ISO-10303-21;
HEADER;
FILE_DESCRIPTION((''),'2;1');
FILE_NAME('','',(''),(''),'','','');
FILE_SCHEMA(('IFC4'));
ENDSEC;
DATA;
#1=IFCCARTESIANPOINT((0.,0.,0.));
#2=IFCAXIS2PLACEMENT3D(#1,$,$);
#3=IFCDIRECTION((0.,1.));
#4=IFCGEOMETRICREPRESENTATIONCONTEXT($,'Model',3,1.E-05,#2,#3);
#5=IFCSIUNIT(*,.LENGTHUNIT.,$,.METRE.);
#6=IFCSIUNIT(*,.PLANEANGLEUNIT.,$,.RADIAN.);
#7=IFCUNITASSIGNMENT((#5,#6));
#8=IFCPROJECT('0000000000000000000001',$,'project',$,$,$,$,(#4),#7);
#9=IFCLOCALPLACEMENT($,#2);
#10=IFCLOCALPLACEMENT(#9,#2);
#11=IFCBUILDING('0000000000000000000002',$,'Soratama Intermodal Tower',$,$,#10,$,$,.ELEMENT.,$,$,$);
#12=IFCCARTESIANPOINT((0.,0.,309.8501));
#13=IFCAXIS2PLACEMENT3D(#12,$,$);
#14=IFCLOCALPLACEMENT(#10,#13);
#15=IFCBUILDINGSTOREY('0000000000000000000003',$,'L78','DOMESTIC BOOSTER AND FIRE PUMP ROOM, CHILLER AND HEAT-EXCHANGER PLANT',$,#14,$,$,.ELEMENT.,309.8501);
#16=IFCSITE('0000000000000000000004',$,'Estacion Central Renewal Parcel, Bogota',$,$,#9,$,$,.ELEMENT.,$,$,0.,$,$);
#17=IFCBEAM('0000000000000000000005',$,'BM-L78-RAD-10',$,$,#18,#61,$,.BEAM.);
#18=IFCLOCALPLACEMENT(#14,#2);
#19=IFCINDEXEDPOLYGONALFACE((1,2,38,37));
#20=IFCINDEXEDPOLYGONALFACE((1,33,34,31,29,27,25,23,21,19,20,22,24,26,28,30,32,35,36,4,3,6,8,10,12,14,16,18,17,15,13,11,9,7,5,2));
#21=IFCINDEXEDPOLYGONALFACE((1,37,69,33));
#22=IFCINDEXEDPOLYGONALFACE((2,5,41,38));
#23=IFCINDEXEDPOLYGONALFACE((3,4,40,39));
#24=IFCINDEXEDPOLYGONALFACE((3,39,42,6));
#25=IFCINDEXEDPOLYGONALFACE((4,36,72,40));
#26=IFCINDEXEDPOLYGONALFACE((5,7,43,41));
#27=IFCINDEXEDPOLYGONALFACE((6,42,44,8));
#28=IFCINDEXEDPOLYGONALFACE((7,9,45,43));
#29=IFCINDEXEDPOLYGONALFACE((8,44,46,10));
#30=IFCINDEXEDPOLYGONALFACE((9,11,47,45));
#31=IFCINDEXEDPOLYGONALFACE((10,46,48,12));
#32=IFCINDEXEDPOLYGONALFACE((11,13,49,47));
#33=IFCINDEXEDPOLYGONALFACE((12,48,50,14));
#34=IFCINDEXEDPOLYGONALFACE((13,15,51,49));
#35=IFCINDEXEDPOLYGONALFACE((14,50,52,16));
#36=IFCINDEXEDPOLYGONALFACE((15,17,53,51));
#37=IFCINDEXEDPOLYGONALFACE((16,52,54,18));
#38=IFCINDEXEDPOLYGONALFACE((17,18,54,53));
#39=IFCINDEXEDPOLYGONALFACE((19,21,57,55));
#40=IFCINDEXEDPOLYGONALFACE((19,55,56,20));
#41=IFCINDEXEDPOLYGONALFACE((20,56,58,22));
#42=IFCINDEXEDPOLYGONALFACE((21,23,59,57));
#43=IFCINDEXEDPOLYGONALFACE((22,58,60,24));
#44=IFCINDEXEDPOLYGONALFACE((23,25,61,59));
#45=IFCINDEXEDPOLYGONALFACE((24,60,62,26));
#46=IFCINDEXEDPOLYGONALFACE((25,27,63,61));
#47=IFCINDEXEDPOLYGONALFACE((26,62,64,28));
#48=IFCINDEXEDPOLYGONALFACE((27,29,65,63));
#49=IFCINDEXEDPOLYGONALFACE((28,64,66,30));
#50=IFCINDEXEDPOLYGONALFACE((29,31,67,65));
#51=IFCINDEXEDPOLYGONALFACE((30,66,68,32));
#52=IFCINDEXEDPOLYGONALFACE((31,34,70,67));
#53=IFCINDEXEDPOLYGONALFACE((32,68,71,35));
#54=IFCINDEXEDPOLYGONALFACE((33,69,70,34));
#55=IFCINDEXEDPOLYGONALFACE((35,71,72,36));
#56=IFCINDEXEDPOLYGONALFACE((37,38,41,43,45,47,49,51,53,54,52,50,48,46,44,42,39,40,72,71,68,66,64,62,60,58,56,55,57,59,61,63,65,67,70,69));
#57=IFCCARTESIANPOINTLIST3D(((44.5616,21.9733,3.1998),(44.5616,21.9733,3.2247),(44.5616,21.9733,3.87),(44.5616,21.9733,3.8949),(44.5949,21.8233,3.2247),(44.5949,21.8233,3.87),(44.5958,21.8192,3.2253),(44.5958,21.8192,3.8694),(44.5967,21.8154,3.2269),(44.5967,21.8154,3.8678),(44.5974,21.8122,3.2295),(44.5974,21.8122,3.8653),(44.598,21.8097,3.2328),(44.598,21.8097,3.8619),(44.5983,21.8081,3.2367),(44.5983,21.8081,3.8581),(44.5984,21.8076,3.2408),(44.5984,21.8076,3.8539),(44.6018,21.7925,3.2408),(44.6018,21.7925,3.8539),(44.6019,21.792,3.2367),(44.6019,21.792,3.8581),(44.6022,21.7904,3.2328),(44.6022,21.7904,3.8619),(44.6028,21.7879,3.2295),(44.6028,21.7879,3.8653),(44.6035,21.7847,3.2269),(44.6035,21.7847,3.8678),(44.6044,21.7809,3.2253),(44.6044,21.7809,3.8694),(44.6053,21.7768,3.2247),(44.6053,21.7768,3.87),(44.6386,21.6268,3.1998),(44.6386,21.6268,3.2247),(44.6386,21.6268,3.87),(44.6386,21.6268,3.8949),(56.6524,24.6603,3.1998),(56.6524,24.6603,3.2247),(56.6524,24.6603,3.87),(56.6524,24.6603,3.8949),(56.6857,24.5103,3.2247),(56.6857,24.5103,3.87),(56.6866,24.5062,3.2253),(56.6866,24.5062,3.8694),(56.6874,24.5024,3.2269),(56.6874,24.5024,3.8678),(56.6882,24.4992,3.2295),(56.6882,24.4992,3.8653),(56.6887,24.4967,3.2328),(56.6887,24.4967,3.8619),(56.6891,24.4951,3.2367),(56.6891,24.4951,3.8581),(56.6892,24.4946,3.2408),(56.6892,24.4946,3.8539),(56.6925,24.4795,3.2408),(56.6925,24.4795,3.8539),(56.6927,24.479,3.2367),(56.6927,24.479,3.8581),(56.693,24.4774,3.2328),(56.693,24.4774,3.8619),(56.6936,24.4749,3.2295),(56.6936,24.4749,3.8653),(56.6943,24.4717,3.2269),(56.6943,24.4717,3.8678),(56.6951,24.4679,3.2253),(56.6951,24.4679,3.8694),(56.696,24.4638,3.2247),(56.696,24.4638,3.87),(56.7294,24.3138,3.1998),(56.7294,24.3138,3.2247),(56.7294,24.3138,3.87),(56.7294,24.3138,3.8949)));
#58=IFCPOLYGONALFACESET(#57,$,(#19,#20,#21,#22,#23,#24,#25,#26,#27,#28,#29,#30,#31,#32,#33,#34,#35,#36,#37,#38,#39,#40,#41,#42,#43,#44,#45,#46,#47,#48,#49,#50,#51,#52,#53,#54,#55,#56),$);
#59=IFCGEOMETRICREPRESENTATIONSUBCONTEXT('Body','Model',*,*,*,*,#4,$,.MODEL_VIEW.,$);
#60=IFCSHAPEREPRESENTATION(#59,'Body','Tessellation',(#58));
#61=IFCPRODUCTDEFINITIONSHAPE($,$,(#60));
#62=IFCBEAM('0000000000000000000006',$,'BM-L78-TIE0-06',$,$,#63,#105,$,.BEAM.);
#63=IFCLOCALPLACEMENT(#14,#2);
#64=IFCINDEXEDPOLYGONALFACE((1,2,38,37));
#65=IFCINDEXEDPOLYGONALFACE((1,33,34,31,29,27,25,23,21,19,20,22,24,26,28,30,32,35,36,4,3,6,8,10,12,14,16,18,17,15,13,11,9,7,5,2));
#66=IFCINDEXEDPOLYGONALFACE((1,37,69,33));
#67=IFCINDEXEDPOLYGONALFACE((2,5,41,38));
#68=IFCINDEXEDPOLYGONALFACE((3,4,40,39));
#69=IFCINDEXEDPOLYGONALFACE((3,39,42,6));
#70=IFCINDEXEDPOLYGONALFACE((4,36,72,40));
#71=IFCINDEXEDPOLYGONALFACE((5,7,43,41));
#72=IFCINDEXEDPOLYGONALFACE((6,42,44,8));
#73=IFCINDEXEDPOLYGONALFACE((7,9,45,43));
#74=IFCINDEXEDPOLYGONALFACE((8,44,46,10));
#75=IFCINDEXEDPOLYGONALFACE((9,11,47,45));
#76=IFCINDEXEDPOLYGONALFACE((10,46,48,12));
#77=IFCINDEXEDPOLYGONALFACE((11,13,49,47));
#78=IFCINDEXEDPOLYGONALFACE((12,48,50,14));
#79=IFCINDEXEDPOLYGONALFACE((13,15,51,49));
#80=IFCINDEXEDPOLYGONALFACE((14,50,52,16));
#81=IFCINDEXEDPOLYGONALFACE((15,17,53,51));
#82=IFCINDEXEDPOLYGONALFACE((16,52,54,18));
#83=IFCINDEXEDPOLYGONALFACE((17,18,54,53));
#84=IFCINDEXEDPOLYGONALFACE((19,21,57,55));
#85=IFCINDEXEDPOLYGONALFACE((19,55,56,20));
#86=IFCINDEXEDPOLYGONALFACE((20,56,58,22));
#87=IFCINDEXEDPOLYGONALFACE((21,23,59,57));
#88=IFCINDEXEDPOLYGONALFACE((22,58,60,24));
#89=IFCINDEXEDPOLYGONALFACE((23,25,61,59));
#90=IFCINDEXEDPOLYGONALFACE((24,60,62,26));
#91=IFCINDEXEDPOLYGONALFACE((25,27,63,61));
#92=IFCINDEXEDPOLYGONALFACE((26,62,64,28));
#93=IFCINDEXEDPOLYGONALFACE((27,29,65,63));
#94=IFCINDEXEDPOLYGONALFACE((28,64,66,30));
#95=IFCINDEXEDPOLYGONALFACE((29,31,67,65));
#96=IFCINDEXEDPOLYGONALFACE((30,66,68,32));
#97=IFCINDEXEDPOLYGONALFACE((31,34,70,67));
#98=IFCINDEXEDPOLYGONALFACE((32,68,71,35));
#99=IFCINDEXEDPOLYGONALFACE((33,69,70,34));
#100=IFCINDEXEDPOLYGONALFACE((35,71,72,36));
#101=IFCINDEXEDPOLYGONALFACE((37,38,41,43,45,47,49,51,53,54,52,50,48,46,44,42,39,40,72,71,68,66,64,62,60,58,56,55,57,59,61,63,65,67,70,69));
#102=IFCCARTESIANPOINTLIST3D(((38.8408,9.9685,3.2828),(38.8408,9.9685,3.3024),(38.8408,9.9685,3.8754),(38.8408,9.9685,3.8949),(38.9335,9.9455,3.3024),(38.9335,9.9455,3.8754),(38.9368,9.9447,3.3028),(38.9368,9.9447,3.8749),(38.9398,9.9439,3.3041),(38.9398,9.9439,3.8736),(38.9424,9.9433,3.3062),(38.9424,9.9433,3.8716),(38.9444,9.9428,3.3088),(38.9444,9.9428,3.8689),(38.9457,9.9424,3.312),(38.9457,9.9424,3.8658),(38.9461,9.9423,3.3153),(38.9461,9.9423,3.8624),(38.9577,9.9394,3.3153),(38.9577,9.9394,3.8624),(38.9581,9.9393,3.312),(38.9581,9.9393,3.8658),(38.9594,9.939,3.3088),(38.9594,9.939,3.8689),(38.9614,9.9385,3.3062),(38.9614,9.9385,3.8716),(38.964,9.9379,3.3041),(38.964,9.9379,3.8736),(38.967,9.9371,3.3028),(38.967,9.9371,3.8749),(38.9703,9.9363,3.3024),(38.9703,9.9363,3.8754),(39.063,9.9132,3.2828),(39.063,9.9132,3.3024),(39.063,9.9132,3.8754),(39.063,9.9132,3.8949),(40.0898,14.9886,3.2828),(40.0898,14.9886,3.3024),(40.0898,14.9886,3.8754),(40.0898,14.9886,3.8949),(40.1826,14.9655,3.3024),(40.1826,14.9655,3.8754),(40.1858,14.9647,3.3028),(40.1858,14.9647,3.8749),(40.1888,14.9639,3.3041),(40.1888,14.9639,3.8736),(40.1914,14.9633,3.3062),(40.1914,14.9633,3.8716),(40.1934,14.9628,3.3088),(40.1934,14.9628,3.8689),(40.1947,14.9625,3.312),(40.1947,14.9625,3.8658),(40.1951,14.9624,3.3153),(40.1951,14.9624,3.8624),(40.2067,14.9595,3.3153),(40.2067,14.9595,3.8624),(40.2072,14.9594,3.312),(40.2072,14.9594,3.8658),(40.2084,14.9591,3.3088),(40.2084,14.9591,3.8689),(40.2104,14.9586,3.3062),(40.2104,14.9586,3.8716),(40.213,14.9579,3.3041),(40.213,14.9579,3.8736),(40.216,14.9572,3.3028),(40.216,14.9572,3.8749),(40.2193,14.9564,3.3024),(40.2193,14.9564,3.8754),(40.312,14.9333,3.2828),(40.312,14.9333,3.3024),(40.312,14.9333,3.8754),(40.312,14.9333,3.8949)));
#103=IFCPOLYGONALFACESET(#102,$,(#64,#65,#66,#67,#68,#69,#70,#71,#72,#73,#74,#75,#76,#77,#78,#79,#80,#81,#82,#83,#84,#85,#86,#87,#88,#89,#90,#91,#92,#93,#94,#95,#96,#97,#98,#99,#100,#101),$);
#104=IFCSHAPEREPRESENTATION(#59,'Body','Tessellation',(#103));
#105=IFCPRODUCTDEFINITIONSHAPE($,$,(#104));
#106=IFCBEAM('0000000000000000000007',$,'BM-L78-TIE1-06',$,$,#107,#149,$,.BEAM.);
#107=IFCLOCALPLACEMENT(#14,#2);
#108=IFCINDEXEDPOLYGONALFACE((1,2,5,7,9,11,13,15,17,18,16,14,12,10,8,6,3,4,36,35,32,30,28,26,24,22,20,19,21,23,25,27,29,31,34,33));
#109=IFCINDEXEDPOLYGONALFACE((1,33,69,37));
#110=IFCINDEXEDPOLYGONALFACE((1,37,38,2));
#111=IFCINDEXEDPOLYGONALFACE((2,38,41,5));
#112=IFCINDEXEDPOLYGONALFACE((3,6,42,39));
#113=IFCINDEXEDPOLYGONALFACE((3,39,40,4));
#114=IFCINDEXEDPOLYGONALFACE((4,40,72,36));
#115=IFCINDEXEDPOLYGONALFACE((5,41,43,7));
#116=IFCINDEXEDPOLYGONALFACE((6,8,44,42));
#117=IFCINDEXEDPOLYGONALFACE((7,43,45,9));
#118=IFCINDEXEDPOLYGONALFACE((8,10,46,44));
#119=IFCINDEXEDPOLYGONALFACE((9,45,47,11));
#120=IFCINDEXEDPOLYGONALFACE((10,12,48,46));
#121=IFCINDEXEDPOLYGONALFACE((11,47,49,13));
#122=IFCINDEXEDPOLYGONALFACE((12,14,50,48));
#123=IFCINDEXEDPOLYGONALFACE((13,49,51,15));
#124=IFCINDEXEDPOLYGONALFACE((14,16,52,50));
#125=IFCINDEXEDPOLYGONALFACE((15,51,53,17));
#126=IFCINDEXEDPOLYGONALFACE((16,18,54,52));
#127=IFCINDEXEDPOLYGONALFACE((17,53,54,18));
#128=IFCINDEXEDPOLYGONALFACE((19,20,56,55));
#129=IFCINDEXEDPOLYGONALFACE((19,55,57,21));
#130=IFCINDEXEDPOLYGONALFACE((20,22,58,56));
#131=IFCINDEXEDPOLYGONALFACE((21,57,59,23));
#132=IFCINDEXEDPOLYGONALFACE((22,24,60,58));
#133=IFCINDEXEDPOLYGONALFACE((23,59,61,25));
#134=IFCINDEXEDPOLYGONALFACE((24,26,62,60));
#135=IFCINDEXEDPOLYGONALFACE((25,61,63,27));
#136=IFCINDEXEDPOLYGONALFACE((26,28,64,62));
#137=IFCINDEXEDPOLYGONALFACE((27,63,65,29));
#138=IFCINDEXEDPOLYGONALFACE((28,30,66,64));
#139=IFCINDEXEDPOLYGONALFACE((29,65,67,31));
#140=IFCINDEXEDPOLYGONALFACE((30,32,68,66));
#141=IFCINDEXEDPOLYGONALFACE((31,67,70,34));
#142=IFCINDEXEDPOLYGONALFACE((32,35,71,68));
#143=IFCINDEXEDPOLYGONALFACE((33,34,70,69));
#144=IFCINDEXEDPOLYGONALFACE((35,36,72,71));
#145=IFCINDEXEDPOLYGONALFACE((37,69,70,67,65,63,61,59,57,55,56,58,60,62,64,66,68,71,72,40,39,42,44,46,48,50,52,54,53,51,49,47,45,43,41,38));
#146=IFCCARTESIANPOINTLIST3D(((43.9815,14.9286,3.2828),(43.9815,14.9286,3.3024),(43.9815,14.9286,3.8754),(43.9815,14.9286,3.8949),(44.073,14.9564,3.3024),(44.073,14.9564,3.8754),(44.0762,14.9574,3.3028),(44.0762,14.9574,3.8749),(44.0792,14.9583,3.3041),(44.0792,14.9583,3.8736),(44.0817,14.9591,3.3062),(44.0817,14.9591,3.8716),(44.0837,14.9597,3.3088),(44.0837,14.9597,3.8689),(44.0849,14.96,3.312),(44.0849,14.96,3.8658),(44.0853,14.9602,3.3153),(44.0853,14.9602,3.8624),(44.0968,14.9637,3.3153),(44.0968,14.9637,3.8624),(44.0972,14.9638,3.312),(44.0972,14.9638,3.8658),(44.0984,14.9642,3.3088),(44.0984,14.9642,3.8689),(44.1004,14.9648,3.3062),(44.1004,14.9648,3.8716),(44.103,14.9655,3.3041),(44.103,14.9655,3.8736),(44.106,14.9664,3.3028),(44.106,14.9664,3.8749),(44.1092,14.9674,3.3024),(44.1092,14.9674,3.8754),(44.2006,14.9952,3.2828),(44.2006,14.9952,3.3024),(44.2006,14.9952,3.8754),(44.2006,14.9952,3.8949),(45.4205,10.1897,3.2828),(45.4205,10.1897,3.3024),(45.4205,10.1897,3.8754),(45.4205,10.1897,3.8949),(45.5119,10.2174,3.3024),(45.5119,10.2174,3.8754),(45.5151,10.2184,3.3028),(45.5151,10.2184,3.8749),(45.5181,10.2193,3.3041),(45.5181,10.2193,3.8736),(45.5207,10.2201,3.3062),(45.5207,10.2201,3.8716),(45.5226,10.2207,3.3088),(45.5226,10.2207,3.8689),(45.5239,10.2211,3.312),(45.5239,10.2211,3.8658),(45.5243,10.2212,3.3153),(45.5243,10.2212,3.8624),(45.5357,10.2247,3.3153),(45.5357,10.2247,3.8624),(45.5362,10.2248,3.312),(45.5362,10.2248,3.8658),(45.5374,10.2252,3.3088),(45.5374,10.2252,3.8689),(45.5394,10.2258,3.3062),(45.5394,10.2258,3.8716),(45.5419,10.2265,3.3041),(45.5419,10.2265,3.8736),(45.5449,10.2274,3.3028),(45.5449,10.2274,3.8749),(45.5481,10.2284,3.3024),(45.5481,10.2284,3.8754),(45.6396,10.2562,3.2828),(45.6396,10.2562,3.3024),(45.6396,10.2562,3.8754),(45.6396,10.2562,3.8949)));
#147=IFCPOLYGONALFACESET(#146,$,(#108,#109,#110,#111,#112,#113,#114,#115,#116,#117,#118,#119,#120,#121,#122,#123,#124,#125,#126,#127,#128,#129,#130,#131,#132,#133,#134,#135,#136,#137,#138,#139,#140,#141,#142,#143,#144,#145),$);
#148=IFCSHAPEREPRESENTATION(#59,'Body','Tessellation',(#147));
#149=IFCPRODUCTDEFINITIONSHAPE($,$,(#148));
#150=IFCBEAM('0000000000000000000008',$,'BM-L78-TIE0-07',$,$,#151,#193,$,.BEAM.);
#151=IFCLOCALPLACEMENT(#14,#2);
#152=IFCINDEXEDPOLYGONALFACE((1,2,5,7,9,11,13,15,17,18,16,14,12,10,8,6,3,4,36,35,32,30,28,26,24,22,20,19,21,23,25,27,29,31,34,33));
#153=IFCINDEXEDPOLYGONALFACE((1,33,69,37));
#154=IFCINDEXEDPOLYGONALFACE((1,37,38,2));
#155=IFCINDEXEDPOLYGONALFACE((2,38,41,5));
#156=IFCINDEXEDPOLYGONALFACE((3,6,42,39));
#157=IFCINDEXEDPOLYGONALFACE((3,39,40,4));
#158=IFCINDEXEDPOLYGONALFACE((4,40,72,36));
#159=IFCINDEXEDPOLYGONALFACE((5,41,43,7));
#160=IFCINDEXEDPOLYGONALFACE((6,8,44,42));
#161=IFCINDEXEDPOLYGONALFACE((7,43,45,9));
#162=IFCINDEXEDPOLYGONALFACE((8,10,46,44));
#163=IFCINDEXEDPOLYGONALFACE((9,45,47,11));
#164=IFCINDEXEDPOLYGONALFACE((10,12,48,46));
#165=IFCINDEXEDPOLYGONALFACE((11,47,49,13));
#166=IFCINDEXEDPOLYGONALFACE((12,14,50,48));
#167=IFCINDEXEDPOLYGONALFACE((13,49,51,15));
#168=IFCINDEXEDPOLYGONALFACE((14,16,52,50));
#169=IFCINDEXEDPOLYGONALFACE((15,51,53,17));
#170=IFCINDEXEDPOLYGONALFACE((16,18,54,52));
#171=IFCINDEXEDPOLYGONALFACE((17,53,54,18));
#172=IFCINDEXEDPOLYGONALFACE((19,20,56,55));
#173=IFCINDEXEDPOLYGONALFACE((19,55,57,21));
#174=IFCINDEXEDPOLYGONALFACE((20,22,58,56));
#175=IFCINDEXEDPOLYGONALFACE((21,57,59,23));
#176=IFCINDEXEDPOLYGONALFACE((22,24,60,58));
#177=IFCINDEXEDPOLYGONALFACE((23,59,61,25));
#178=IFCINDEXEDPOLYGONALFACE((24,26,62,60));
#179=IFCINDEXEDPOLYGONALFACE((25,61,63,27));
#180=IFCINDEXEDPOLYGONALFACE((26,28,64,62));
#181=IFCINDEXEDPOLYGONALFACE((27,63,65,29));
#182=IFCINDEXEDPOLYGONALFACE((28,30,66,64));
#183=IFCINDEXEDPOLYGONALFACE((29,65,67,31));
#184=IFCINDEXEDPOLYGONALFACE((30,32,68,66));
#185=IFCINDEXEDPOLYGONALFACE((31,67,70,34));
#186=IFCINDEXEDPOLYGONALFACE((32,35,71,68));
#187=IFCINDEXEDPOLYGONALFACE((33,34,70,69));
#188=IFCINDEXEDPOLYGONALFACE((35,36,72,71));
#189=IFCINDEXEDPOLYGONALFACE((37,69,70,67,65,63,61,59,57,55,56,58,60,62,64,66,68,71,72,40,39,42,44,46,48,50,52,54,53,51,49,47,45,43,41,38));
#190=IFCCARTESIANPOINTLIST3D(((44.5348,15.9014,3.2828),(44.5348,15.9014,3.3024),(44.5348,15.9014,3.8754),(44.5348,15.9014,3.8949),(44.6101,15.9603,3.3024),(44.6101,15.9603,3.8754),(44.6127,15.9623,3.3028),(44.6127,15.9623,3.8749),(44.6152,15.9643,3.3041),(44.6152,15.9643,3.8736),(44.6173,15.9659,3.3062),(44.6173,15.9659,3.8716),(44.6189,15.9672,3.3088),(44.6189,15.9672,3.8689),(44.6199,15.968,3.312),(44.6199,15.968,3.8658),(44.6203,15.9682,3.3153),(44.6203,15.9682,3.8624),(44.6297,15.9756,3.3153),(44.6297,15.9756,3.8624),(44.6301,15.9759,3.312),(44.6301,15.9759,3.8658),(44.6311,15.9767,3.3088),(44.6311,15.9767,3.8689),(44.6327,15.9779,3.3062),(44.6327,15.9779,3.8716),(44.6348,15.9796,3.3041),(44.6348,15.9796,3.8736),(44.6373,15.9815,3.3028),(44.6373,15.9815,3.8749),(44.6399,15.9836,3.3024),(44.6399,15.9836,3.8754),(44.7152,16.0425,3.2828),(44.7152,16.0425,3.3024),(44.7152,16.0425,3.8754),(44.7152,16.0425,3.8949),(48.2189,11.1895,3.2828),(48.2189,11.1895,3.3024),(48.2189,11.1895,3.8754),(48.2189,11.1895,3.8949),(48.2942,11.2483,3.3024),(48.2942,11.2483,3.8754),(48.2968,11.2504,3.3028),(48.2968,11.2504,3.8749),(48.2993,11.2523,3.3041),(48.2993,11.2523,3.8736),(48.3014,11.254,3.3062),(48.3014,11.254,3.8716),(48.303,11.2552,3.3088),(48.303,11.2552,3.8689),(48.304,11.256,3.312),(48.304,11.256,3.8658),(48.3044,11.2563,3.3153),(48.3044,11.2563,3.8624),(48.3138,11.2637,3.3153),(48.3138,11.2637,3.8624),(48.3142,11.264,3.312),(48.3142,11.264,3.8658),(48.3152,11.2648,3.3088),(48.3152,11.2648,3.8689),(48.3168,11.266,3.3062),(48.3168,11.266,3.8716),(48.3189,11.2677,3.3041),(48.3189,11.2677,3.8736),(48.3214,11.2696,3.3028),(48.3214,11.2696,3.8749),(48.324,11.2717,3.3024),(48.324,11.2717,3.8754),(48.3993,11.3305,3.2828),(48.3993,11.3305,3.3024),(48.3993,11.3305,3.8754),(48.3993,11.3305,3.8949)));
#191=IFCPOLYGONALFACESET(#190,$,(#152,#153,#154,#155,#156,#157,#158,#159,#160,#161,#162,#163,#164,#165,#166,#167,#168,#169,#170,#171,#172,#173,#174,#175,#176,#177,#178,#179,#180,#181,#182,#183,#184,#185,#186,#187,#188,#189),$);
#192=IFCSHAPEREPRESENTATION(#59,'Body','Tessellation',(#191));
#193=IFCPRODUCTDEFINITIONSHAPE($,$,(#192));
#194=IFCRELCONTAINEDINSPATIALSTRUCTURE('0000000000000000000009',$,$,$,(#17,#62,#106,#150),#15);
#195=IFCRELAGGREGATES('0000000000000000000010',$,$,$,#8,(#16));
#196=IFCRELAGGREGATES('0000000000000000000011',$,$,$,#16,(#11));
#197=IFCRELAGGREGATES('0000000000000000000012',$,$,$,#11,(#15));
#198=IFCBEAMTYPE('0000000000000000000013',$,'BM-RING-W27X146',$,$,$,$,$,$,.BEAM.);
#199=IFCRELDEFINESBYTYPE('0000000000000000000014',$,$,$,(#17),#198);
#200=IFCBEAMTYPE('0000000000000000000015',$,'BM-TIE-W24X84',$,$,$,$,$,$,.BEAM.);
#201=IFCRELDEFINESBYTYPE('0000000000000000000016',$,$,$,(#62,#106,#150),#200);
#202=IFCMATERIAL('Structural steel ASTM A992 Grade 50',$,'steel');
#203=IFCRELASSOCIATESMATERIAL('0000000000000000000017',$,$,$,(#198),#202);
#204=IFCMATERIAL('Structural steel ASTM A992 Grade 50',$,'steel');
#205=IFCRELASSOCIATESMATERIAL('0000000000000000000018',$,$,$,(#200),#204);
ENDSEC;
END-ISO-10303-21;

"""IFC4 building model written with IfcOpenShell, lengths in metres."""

from ifc_helpers import new_model, si_unit, direction, frame, origin, origin_2d, place, context, subcontext, project, spatial, i_section, extrude, material, material_profile, profile_set, type_object, element, save


model = new_model("IFC4")

# Units and contexts
model_context = context("Model", 3, precision=1e-05, world=origin(), true_north=direction((0.0, 1.0)))
body_context = subcontext(model_context, "Body", "Model", "MODEL_VIEW")
ifc_project = project(units=[si_unit("LENGTHUNIT", "METRE"), si_unit("PLANEANGLEUNIT", "RADIAN")], contexts=[model_context])

# Site, building, storey
site_placement = place(None, origin())
site = spatial("IfcSite", under=ifc_project, at=site_placement, Name="Estacion Central Renewal Parcel, Bogota", CompositionType="ELEMENT", RefElevation=0.0)
building_placement = place(site_placement, origin())
building = spatial("IfcBuilding", under=site, at=building_placement, Name="Soratama Intermodal Tower", CompositionType="ELEMENT")
storey_placement = place(building_placement, frame((0.0, 0.0, 309.8501)))
storey = spatial("IfcBuildingStorey", under=building, at=storey_placement, Name="L78", Description="DOMESTIC BOOSTER AND FIRE PUMP ROOM, CHILLER AND HEAT-EXCHANGER PLANT", CompositionType="ELEMENT", Elevation=309.8501)

# Beams
ifc_material_1 = material(Name="Structural steel ASTM A992 Grade 50", Category="steel")
ifc_material_profile_1 = material_profile(ifc_material_1, i_section(OverallWidth=0.355, OverallDepth=0.6951, WebThickness=0.0154, FlangeThickness=0.0249, FilletRadius=0.0161, at=origin_2d()), Name="W27X146")
ifc_profile_set_1 = profile_set([ifc_material_profile_1], Name="Structural steel ASTM A992 Grade 50")
beam_type_1 = type_object("IfcBeamType", Name="BM-RING-W27X146", PredefinedType="BEAM", material=ifc_profile_set_1)
beam_1_placement = place(storey_placement, frame((44.6001, 21.8, 3.5474), z_axis=(0.976184, 0.216943, 0.0), x_axis=(-0.216943, 0.976184, 0.0)))
element("IfcBeam", 1, at=beam_1_placement, inside=storey, type_object=beam_type_1, Name="BM-L78-RAD-10", PredefinedType="BEAM", context=body_context, shape_type="SweptSolid", body=[
    extrude(i_section(OverallWidth=0.355, OverallDepth=0.6951, WebThickness=0.0154, FlangeThickness=0.0249, FilletRadius=0.0161, at=origin_2d()), origin(), (0.0, 0.0, 1.0), 12.3857),
])
ifc_material_2 = material(Name="Structural steel ASTM A992 Grade 50", Category="steel")
ifc_material_profile_2 = material_profile(ifc_material_2, i_section(OverallWidth=0.229, OverallDepth=0.6121, WebThickness=0.012, FlangeThickness=0.0195, FilletRadius=0.0129, at=origin_2d()), Name="W24X84")
ifc_profile_set_2 = profile_set([ifc_material_profile_2], Name="Structural steel ASTM A992 Grade 50")
beam_type_2 = type_object("IfcBeamType", Name="BM-TIE-W24X84", PredefinedType="BEAM", material=ifc_profile_set_2)
beam_2_placement = place(storey_placement, frame((40.2009, 14.9609, 3.5889), z_axis=(-0.241447, -0.970414, 0.0), x_axis=(0.970414, -0.241447, 0.0)))
element("IfcBeam", 2, at=beam_2_placement, inside=storey, type_object=beam_type_2, Name="BM-L78-TIE0-06", PredefinedType="BEAM", context=body_context, shape_type="SweptSolid", body=[
    extrude(i_section(OverallWidth=0.229, OverallDepth=0.6121, WebThickness=0.012, FlangeThickness=0.0195, FilletRadius=0.0129, at=origin_2d()), origin(), (0.0, 0.0, 1.0), 5.1731),
])
beam_3_placement = place(storey_placement, frame((44.0911, 14.9619, 3.5889), z_axis=(0.290544, -0.956862, 0.0), x_axis=(0.956862, 0.290544, 0.0)))
element("IfcBeam", 3, at=beam_3_placement, inside=storey, type_object=beam_type_2, Name="BM-L78-TIE1-06", PredefinedType="BEAM", context=body_context, shape_type="SweptSolid", body=[
    extrude(i_section(OverallWidth=0.229, OverallDepth=0.6121, WebThickness=0.012, FlangeThickness=0.0195, FilletRadius=0.0129, at=origin_2d()), origin(), (0.0, 0.0, 1.0), 4.9526),
])
beam_4_placement = place(storey_placement, frame((44.625, 15.9719, 3.5889), z_axis=(0.615945, -0.787789, 0.0), x_axis=(0.787789, 0.615945, 0.0)))
element("IfcBeam", 4, at=beam_4_placement, inside=storey, type_object=beam_type_2, Name="BM-L78-TIE0-07", PredefinedType="BEAM", context=body_context, shape_type="SweptSolid", body=[
    extrude(i_section(OverallWidth=0.229, OverallDepth=0.6121, WebThickness=0.012, FlangeThickness=0.0195, FilletRadius=0.0129, at=origin_2d()), origin(), (0.0, 0.0, 1.0), 5.9812),
])

save(model, "model.ifc")
